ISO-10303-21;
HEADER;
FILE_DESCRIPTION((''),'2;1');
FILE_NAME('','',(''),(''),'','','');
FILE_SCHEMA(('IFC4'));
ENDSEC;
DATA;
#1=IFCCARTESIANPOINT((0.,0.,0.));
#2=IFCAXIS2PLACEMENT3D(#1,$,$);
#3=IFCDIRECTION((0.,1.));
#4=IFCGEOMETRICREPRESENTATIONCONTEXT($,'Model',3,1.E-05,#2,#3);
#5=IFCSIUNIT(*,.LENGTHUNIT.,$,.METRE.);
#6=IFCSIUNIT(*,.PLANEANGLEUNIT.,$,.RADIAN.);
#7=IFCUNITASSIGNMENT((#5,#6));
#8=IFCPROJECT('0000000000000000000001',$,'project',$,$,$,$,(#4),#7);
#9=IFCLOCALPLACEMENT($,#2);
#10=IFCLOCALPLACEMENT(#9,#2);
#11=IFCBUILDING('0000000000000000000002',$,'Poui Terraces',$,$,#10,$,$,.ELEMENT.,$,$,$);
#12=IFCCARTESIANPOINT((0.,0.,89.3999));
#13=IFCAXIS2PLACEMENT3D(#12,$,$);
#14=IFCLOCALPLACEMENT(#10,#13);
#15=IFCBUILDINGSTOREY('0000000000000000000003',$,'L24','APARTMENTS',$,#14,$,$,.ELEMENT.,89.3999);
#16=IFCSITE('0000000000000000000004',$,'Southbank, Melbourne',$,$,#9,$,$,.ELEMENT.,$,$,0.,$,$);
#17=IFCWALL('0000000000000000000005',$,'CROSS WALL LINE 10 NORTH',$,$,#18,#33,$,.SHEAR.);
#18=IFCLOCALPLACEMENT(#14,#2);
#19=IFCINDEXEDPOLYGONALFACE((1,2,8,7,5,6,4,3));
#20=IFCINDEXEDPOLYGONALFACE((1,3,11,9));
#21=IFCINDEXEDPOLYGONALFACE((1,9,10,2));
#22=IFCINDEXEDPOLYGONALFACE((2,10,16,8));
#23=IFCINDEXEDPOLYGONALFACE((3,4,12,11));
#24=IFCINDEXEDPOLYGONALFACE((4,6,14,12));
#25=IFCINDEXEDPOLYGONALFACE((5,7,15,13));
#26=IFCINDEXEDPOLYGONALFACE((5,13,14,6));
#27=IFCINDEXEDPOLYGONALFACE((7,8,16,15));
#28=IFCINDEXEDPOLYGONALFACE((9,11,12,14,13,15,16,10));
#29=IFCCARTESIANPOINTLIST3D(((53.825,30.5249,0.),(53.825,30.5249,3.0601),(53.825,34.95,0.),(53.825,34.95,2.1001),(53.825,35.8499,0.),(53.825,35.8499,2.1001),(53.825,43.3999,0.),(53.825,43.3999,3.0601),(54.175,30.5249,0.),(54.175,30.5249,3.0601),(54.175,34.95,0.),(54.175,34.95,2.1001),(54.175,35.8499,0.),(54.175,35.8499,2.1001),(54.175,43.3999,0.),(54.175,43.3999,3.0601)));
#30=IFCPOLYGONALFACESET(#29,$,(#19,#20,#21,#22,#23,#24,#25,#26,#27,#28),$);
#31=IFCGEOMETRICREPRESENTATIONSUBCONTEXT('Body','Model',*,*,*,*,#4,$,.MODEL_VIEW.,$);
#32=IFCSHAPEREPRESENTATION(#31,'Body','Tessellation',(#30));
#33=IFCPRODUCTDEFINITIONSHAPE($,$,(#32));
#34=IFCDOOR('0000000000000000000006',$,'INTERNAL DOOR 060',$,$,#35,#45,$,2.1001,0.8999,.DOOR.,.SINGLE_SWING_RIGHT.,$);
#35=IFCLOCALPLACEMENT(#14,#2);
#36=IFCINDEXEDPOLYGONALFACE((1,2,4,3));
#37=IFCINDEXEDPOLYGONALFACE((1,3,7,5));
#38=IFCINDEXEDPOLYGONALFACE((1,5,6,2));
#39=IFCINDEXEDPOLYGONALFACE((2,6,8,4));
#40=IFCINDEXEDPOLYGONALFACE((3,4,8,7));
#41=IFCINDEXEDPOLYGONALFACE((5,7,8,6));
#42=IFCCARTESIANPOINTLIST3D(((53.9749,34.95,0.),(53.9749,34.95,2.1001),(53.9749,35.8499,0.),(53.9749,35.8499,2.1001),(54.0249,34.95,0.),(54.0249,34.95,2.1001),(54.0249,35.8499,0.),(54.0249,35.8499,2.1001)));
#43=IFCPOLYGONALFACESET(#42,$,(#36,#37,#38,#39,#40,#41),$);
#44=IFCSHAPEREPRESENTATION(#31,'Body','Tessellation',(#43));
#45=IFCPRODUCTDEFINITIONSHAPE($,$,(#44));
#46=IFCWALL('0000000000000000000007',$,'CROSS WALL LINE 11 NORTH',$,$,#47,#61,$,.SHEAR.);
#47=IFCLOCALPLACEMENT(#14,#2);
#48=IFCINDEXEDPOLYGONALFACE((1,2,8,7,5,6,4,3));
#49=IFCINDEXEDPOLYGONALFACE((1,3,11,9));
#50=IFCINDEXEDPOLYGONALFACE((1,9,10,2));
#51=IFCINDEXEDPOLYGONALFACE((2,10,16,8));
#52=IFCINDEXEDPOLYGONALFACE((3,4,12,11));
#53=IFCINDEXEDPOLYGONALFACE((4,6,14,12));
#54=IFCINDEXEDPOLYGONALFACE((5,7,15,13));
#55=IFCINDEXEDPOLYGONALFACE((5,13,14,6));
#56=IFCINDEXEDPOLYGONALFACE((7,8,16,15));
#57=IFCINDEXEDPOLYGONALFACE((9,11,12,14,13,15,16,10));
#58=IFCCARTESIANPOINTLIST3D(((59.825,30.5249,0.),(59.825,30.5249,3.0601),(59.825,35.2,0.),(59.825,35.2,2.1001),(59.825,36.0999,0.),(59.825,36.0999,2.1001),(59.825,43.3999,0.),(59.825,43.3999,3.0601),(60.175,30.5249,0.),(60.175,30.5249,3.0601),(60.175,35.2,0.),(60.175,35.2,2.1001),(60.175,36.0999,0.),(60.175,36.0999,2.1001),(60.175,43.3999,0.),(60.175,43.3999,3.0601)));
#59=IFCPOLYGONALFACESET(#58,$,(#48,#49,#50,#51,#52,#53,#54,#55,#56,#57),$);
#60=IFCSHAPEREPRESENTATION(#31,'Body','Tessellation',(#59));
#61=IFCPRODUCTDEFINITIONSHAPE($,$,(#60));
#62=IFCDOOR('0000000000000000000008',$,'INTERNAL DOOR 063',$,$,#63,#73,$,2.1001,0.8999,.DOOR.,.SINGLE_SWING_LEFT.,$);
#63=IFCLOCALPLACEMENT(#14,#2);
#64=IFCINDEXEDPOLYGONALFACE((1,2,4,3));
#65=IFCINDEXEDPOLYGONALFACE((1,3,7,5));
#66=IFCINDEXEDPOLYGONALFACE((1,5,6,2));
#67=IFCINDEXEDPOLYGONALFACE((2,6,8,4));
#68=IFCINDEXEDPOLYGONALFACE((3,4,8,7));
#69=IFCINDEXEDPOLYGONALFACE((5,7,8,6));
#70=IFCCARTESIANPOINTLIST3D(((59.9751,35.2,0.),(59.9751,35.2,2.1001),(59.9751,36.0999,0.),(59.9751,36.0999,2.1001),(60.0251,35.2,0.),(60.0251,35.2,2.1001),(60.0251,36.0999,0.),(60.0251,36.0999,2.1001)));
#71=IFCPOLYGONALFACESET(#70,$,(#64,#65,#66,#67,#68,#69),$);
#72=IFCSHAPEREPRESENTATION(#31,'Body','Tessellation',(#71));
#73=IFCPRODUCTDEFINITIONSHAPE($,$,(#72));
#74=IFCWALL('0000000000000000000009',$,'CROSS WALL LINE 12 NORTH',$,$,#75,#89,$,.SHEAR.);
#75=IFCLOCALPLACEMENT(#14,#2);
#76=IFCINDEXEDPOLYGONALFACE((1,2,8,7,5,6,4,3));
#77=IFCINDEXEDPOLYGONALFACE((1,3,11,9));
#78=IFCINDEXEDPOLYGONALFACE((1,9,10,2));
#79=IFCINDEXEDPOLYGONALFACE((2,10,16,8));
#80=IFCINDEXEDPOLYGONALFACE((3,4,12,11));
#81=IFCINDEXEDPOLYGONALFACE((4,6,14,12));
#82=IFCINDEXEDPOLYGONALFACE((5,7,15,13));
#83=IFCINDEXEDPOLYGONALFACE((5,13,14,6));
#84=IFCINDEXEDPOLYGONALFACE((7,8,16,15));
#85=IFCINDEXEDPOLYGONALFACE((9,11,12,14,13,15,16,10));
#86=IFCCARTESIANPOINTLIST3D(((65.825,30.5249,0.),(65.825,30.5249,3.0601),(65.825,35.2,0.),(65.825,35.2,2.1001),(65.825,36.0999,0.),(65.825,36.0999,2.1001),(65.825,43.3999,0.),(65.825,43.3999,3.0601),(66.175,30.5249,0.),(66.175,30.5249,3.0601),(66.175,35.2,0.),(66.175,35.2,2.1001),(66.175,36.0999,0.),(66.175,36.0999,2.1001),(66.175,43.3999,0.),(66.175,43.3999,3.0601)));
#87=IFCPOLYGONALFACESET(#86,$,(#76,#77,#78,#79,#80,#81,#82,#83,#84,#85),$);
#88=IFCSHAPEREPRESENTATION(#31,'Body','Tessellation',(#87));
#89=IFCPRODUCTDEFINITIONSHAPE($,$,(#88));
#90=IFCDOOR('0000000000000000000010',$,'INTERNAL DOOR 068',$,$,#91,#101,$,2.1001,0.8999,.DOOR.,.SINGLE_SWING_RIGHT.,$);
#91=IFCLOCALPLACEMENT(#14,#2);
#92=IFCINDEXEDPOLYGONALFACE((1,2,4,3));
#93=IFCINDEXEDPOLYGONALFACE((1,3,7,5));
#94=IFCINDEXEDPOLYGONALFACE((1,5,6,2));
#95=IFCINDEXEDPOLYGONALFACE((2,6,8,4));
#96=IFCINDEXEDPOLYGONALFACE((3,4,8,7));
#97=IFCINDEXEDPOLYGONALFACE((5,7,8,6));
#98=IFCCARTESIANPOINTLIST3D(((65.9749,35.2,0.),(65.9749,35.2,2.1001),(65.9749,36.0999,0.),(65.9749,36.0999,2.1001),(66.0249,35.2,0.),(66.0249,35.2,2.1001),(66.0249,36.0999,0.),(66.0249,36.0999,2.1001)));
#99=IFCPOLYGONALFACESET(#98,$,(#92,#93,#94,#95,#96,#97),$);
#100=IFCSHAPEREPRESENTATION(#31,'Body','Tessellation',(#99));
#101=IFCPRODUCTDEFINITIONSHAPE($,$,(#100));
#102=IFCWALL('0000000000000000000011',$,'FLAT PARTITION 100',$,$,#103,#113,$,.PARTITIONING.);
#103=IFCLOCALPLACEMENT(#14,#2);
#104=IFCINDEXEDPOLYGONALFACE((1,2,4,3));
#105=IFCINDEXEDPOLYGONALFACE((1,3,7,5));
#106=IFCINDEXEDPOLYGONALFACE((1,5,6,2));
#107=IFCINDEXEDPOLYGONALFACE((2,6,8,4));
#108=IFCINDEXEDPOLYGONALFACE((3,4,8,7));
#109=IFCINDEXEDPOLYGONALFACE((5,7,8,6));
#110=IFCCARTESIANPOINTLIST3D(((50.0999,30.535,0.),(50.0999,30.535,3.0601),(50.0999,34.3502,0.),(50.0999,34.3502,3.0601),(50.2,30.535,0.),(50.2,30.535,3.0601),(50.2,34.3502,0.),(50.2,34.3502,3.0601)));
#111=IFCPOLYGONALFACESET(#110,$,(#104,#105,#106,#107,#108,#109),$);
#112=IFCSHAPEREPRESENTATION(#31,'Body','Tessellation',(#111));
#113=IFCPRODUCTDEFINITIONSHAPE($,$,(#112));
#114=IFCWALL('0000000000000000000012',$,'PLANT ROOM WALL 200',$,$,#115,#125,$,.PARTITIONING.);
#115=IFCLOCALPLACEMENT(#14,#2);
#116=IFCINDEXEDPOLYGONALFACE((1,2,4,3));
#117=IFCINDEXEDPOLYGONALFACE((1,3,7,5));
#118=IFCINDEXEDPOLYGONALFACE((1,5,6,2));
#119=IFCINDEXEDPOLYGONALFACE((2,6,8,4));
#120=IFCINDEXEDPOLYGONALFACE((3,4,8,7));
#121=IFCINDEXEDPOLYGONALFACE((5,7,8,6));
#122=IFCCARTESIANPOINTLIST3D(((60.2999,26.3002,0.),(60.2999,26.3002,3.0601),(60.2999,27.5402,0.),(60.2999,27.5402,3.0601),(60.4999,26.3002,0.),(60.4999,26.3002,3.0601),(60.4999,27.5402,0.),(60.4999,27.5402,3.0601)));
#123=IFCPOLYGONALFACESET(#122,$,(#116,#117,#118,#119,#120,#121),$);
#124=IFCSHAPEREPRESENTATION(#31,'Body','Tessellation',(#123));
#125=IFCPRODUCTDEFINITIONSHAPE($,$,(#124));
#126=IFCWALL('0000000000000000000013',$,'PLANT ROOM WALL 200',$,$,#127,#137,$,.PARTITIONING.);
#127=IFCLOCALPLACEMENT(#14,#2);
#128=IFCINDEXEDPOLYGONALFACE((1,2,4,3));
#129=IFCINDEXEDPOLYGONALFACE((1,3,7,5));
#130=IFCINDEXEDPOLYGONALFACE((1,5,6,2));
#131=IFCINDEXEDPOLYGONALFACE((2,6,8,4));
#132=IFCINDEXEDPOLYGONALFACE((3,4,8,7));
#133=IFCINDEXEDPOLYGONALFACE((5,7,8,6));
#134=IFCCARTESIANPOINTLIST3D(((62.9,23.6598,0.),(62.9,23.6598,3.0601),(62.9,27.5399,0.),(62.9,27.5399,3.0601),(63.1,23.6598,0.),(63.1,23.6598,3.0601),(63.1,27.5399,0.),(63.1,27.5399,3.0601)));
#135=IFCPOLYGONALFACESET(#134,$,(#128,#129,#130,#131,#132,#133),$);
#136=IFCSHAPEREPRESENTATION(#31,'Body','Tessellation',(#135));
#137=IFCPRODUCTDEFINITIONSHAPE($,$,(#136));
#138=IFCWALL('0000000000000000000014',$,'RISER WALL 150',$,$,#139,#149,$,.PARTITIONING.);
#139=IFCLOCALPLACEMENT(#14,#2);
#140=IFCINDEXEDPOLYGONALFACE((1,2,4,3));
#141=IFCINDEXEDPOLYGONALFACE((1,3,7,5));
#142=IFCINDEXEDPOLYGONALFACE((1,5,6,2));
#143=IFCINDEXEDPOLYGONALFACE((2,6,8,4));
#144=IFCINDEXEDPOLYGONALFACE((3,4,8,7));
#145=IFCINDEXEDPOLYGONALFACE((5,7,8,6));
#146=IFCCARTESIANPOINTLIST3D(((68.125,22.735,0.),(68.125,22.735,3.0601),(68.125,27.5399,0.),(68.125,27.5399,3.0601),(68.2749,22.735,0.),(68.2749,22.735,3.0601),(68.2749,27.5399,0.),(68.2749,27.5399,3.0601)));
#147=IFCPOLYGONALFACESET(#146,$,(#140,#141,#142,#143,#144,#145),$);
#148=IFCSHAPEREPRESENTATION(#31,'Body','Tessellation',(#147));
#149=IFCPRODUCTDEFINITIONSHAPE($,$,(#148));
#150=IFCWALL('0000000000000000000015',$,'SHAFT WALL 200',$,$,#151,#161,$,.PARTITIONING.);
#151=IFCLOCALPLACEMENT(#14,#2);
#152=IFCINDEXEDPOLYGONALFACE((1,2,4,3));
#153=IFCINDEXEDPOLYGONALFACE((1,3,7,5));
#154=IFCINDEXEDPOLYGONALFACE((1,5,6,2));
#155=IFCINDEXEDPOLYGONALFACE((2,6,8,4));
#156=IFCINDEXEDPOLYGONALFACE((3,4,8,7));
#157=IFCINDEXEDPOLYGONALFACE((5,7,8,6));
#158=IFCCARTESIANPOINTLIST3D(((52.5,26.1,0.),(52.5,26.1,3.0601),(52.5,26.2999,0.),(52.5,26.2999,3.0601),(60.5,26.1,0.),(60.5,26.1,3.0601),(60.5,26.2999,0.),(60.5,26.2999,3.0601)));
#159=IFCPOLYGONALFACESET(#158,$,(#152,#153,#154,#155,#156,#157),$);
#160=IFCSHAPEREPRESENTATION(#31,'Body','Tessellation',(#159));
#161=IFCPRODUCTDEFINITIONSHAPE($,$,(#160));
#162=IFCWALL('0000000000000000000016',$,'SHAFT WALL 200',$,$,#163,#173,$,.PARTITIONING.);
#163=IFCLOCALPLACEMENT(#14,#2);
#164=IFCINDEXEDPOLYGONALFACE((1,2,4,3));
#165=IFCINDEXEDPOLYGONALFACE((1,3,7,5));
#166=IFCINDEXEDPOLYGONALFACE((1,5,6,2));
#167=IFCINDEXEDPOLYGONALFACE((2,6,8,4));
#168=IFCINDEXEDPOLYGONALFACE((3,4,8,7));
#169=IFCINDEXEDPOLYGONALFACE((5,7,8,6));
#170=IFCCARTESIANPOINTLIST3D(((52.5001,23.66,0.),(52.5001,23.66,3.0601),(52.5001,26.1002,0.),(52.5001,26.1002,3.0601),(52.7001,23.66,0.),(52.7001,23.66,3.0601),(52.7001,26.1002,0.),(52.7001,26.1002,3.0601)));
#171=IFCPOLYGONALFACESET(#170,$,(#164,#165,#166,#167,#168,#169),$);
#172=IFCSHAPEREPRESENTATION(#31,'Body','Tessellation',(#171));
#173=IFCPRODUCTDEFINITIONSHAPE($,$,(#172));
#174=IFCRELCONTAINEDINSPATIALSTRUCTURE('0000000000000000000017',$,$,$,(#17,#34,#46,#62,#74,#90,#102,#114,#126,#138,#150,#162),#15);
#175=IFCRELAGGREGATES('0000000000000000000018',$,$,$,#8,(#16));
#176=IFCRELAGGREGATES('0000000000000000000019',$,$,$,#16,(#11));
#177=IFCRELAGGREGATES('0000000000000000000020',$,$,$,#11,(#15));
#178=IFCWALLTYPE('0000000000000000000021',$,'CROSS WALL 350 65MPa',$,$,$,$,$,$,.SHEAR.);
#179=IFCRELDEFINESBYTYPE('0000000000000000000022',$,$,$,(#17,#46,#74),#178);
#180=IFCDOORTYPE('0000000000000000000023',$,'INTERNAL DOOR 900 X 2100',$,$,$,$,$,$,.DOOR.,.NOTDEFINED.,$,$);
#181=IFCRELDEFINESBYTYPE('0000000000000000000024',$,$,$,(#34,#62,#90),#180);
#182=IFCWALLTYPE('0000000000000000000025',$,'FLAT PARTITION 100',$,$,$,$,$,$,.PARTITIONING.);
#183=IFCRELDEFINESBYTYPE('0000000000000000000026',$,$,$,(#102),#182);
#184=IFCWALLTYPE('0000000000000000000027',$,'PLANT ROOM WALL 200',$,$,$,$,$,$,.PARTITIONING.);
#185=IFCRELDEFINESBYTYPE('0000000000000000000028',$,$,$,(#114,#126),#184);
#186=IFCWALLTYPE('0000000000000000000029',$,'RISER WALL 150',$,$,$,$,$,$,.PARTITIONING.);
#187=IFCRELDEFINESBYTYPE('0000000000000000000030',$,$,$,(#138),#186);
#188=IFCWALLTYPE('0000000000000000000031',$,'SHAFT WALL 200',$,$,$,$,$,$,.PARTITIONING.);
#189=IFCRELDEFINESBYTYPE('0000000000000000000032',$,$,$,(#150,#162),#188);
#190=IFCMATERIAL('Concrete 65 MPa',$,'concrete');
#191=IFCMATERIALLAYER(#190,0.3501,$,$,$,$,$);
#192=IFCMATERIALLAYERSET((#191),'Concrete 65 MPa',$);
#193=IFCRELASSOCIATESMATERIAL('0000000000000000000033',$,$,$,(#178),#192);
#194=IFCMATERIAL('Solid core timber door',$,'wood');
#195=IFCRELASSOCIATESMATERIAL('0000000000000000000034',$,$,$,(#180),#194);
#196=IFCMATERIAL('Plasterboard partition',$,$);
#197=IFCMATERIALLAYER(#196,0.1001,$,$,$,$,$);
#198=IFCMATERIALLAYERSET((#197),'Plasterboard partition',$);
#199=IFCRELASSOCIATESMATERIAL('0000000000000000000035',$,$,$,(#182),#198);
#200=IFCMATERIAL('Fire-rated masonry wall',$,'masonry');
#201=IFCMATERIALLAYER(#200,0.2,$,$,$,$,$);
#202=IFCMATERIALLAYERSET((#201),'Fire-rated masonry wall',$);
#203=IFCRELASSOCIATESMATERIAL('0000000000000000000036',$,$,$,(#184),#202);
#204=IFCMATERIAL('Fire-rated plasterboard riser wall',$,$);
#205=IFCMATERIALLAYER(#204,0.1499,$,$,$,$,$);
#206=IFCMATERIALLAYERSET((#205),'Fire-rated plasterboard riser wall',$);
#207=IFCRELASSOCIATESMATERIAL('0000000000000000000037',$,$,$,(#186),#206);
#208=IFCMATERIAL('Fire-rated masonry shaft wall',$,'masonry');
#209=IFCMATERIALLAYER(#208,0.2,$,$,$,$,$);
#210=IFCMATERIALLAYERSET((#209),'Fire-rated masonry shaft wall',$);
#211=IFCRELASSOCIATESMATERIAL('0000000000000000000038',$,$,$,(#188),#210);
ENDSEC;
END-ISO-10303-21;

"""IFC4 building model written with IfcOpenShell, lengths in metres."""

from ifc_helpers import new_model, si_unit, direction, frame, frame_2d, origin, place, context, subcontext, project, spatial, rectangle, extrude, material, layer, layer_set, type_object, element, fill, save


model = new_model("IFC4")

# Units and contexts
model_context = context("Model", 3, precision=1e-05, world=origin(), true_north=direction((0.0, 1.0)))
body_context = subcontext(model_context, "Body", "Model", "MODEL_VIEW")
ifc_project = project(units=[si_unit("LENGTHUNIT", "METRE"), si_unit("PLANEANGLEUNIT", "RADIAN")], contexts=[model_context])

# Site, building, storey
site_placement = place(None, origin())
site = spatial("IfcSite", under=ifc_project, at=site_placement, Name="Southbank, Melbourne", CompositionType="ELEMENT", RefElevation=0.0)
building_placement = place(site_placement, origin())
building = spatial("IfcBuilding", under=site, at=building_placement, Name="Poui Terraces", CompositionType="ELEMENT")
storey_placement = place(building_placement, frame((0.0, 0.0, 89.3999)))
storey = spatial("IfcBuildingStorey", under=building, at=storey_placement, Name="L24", Description="APARTMENTS", CompositionType="ELEMENT", Elevation=89.3999)

# Shared definitions
ifc_material_1 = material(Name="Concrete 65 MPa", Category="concrete")

# Walls, openings, doors
ifc_layer_1 = layer(ifc_material_1, 0.3501)
ifc_layer_set_1 = layer_set([ifc_layer_1], Name="Concrete 65 MPa")
wall_type_1 = type_object("IfcWallType", Name="CROSS WALL 350 65MPa", PredefinedType="SHEAR", material=ifc_layer_set_1)
wall_1_placement = place(storey_placement, frame((54.0, 30.5249, 0.0), z_axis=(0.0, 0.0, 1.0), x_axis=(0.0, 1.0, 0.0)))
wall_1 = element("IfcWall", 1, at=wall_1_placement, inside=storey, type_object=wall_type_1, Name="CROSS WALL LINE 10 NORTH", PredefinedType="SHEAR", context=body_context, shape_type="SweptSolid", body=[
    extrude(rectangle(XDim=12.875, YDim=0.3501, at=frame_2d((6.4375, 0.0))), origin(), (0.0, 0.0, 1.0), 3.0601),
])
opening_1_placement = place(wall_1_placement, frame((4.425, 0.0, 0.0)))
opening_1 = element("IfcOpeningElement", 2, at=opening_1_placement, cuts=wall_1, PredefinedType="OPENING", context=body_context, shape_type="SweptSolid", body=[
    extrude(rectangle(XDim=0.8999, YDim=2.1001, at=frame_2d((0.45, 1.05))), frame((0.0, 0.1851, 0.0), z_axis=(0.0, -1.0, 0.0), x_axis=(1.0, 0.0, 0.0)), (0.0, 0.0, 1.0), 0.3701),
])
ifc_material_2 = material(Name="Solid core timber door", Category="wood")
door_type_1 = type_object("IfcDoorType", Name="INTERNAL DOOR 900 X 2100", OperationType="NOTDEFINED", PredefinedType="DOOR", material=ifc_material_2)
door_1_placement = place(opening_1_placement, frame((0.8999, 0.0, 0.0), z_axis=(0.0, 0.0, 1.0), x_axis=(-1.0, 0.0, 0.0)))
door_1 = element("IfcDoor", 3, at=door_1_placement, inside=storey, type_object=door_type_1, Name="INTERNAL DOOR 060", OperationType="SINGLE_SWING_RIGHT", OverallHeight=2.1001, OverallWidth=0.8999, PredefinedType="DOOR", context=body_context, shape_type="SweptSolid", body=[
    extrude(rectangle(XDim=0.8999, YDim=2.1001, at=frame_2d((0.45, 1.05))), frame((0.0, 0.0249, 0.0), z_axis=(0.0, -1.0, 0.0), x_axis=(1.0, 0.0, 0.0)), (0.0, 0.0, 1.0), 0.05),
])
fill(opening_1, door_1)
wall_2_placement = place(storey_placement, frame((60.0, 30.5249, 0.0), z_axis=(0.0, 0.0, 1.0), x_axis=(0.0, 1.0, 0.0)))
wall_2 = element("IfcWall", 4, at=wall_2_placement, inside=storey, type_object=wall_type_1, Name="CROSS WALL LINE 11 NORTH", PredefinedType="SHEAR", context=body_context, shape_type="SweptSolid", body=[
    extrude(rectangle(XDim=12.875, YDim=0.3501, at=frame_2d((6.4375, 0.0))), origin(), (0.0, 0.0, 1.0), 3.0601),
])
opening_2_placement = place(wall_2_placement, frame((4.675, 0.0, 0.0)))
opening_2 = element("IfcOpeningElement", 5, at=opening_2_placement, cuts=wall_2, PredefinedType="OPENING", context=body_context, shape_type="SweptSolid", body=[
    extrude(rectangle(XDim=0.8999, YDim=2.1001, at=frame_2d((0.45, 1.05))), frame((0.0, 0.1851, 0.0), z_axis=(0.0, -1.0, 0.0), x_axis=(1.0, 0.0, 0.0)), (0.0, 0.0, 1.0), 0.3701),
])
door_2_placement = place(opening_2_placement, origin())
door_2 = element("IfcDoor", 6, at=door_2_placement, inside=storey, type_object=door_type_1, Name="INTERNAL DOOR 063", OperationType="SINGLE_SWING_LEFT", OverallHeight=2.1001, OverallWidth=0.8999, PredefinedType="DOOR", context=body_context, shape_type="SweptSolid", body=[
    extrude(rectangle(XDim=0.8999, YDim=2.1001, at=frame_2d((0.45, 1.05))), frame((0.0, 0.0249, 0.0), z_axis=(0.0, -1.0, 0.0), x_axis=(1.0, 0.0, 0.0)), (0.0, 0.0, 1.0), 0.05),
])
fill(opening_2, door_2)
wall_3_placement = place(storey_placement, frame((66.0, 30.5249, 0.0), z_axis=(0.0, 0.0, 1.0), x_axis=(0.0, 1.0, 0.0)))
wall_3 = element("IfcWall", 7, at=wall_3_placement, inside=storey, type_object=wall_type_1, Name="CROSS WALL LINE 12 NORTH", PredefinedType="SHEAR", context=body_context, shape_type="SweptSolid", body=[
    extrude(rectangle(XDim=12.875, YDim=0.3501, at=frame_2d((6.4375, 0.0))), origin(), (0.0, 0.0, 1.0), 3.0601),
])
opening_3_placement = place(wall_3_placement, frame((4.675, 0.0, 0.0)))
opening_3 = element("IfcOpeningElement", 8, at=opening_3_placement, cuts=wall_3, PredefinedType="OPENING", context=body_context, shape_type="SweptSolid", body=[
    extrude(rectangle(XDim=0.8999, YDim=2.1001, at=frame_2d((0.45, 1.05))), frame((0.0, 0.1851, 0.0), z_axis=(0.0, -1.0, 0.0), x_axis=(1.0, 0.0, 0.0)), (0.0, 0.0, 1.0), 0.3701),
])
door_3_placement = place(opening_3_placement, frame((0.8999, 0.0, 0.0), z_axis=(0.0, 0.0, 1.0), x_axis=(-1.0, 0.0, 0.0)))
door_3 = element("IfcDoor", 9, at=door_3_placement, inside=storey, type_object=door_type_1, Name="INTERNAL DOOR 068", OperationType="SINGLE_SWING_RIGHT", OverallHeight=2.1001, OverallWidth=0.8999, PredefinedType="DOOR", context=body_context, shape_type="SweptSolid", body=[
    extrude(rectangle(XDim=0.8999, YDim=2.1001, at=frame_2d((0.45, 1.05))), frame((0.0, 0.0249, 0.0), z_axis=(0.0, -1.0, 0.0), x_axis=(1.0, 0.0, 0.0)), (0.0, 0.0, 1.0), 0.05),
])
fill(opening_3, door_3)

# Walls
ifc_material_3 = material(Name="Plasterboard partition")
ifc_layer_2 = layer(ifc_material_3, 0.1001)
ifc_layer_set_2 = layer_set([ifc_layer_2], Name="Plasterboard partition")
wall_type_2 = type_object("IfcWallType", Name="FLAT PARTITION 100", PredefinedType="PARTITIONING", material=ifc_layer_set_2)
wall_4_placement = place(storey_placement, frame((50.1499, 30.5349, 0.0), z_axis=(0.0, 0.0, 1.0), x_axis=(0.0, 1.0, 0.0)))
element("IfcWall", 10, at=wall_4_placement, inside=storey, type_object=wall_type_2, Name="FLAT PARTITION 100", PredefinedType="PARTITIONING", context=body_context, shape_type="SweptSolid", body=[
    extrude(rectangle(XDim=3.8152, YDim=0.1001, at=frame_2d((1.9077, 0.0))), origin(), (0.0, 0.0, 1.0), 3.0601),
])
ifc_material_4 = material(Name="Fire-rated masonry wall", Category="masonry")
ifc_layer_3 = layer(ifc_material_4, 0.2)
ifc_layer_set_3 = layer_set([ifc_layer_3], Name="Fire-rated masonry wall")
wall_type_3 = type_object("IfcWallType", Name="PLANT ROOM WALL 200", PredefinedType="PARTITIONING", material=ifc_layer_set_3)
wall_5_placement = place(storey_placement, frame((60.3999, 26.3, 0.0), z_axis=(0.0, 0.0, 1.0), x_axis=(0.0, 1.0, 0.0)))
element("IfcWall", 11, at=wall_5_placement, inside=storey, type_object=wall_type_3, Name="PLANT ROOM WALL 200", PredefinedType="PARTITIONING", context=body_context, shape_type="SweptSolid", body=[
    extrude(rectangle(XDim=1.24, YDim=0.2, at=frame_2d((0.6201, 0.0))), origin(), (0.0, 0.0, 1.0), 3.0601),
])
wall_6_placement = place(storey_placement, frame((63.0, 23.6599, 0.0), z_axis=(0.0, 0.0, 1.0), x_axis=(0.0, 1.0, 0.0)))
element("IfcWall", 12, at=wall_6_placement, inside=storey, type_object=wall_type_3, Name="PLANT ROOM WALL 200", PredefinedType="PARTITIONING", context=body_context, shape_type="SweptSolid", body=[
    extrude(rectangle(XDim=3.8801, YDim=0.2, at=frame_2d((1.9399, 0.0))), origin(), (0.0, 0.0, 1.0), 3.0601),
])
ifc_material_5 = material(Name="Fire-rated plasterboard riser wall")
ifc_layer_4 = layer(ifc_material_5, 0.1499)
ifc_layer_set_4 = layer_set([ifc_layer_4], Name="Fire-rated plasterboard riser wall")
wall_type_4 = type_object("IfcWallType", Name="RISER WALL 150", PredefinedType="PARTITIONING", material=ifc_layer_set_4)
wall_7_placement = place(storey_placement, frame((68.2, 22.7351, 0.0), z_axis=(0.0, 0.0, 1.0), x_axis=(0.0, 1.0, 0.0)))
element("IfcWall", 13, at=wall_7_placement, inside=storey, type_object=wall_type_4, Name="RISER WALL 150", PredefinedType="PARTITIONING", context=body_context, shape_type="SweptSolid", body=[
    extrude(rectangle(XDim=4.8049, YDim=0.1499, at=frame_2d((2.4023, 0.0))), origin(), (0.0, 0.0, 1.0), 3.0601),
])
ifc_material_6 = material(Name="Fire-rated masonry shaft wall", Category="masonry")
ifc_layer_5 = layer(ifc_material_6, 0.2)
ifc_layer_set_5 = layer_set([ifc_layer_5], Name="Fire-rated masonry shaft wall")
wall_type_5 = type_object("IfcWallType", Name="SHAFT WALL 200", PredefinedType="PARTITIONING", material=ifc_layer_set_5)
wall_8_placement = place(storey_placement, frame((52.5, 26.2, 0.0), z_axis=(0.0, 0.0, 1.0), x_axis=(1.0, 0.0, 0.0)))
element("IfcWall", 14, at=wall_8_placement, inside=storey, type_object=wall_type_5, Name="SHAFT WALL 200", PredefinedType="PARTITIONING", context=body_context, shape_type="SweptSolid", body=[
    extrude(rectangle(XDim=8.0, YDim=0.2, at=frame_2d((4.0, 0.0))), origin(), (0.0, 0.0, 1.0), 3.0601),
])
for number, where, z_axis, x_axis, name in (
    (15, (52.6001, 23.6599, 0.0), (0.0, 0.0, 1.0), (0.0, 1.0, 0.0), "SHAFT WALL 200"),
):
    element("IfcWall", number, at=place(storey_placement, frame(where, z_axis=z_axis, x_axis=x_axis)), inside=storey, type_object=wall_type_5, Name=name, PredefinedType="PARTITIONING", context=body_context, shape_type="SweptSolid", body=[
        extrude(rectangle(XDim=2.4402, YDim=0.2, at=frame_2d((1.2202, 0.0))), origin(), (0.0, 0.0, 1.0), 3.0601),
    ])

save(model, "model.ifc")
